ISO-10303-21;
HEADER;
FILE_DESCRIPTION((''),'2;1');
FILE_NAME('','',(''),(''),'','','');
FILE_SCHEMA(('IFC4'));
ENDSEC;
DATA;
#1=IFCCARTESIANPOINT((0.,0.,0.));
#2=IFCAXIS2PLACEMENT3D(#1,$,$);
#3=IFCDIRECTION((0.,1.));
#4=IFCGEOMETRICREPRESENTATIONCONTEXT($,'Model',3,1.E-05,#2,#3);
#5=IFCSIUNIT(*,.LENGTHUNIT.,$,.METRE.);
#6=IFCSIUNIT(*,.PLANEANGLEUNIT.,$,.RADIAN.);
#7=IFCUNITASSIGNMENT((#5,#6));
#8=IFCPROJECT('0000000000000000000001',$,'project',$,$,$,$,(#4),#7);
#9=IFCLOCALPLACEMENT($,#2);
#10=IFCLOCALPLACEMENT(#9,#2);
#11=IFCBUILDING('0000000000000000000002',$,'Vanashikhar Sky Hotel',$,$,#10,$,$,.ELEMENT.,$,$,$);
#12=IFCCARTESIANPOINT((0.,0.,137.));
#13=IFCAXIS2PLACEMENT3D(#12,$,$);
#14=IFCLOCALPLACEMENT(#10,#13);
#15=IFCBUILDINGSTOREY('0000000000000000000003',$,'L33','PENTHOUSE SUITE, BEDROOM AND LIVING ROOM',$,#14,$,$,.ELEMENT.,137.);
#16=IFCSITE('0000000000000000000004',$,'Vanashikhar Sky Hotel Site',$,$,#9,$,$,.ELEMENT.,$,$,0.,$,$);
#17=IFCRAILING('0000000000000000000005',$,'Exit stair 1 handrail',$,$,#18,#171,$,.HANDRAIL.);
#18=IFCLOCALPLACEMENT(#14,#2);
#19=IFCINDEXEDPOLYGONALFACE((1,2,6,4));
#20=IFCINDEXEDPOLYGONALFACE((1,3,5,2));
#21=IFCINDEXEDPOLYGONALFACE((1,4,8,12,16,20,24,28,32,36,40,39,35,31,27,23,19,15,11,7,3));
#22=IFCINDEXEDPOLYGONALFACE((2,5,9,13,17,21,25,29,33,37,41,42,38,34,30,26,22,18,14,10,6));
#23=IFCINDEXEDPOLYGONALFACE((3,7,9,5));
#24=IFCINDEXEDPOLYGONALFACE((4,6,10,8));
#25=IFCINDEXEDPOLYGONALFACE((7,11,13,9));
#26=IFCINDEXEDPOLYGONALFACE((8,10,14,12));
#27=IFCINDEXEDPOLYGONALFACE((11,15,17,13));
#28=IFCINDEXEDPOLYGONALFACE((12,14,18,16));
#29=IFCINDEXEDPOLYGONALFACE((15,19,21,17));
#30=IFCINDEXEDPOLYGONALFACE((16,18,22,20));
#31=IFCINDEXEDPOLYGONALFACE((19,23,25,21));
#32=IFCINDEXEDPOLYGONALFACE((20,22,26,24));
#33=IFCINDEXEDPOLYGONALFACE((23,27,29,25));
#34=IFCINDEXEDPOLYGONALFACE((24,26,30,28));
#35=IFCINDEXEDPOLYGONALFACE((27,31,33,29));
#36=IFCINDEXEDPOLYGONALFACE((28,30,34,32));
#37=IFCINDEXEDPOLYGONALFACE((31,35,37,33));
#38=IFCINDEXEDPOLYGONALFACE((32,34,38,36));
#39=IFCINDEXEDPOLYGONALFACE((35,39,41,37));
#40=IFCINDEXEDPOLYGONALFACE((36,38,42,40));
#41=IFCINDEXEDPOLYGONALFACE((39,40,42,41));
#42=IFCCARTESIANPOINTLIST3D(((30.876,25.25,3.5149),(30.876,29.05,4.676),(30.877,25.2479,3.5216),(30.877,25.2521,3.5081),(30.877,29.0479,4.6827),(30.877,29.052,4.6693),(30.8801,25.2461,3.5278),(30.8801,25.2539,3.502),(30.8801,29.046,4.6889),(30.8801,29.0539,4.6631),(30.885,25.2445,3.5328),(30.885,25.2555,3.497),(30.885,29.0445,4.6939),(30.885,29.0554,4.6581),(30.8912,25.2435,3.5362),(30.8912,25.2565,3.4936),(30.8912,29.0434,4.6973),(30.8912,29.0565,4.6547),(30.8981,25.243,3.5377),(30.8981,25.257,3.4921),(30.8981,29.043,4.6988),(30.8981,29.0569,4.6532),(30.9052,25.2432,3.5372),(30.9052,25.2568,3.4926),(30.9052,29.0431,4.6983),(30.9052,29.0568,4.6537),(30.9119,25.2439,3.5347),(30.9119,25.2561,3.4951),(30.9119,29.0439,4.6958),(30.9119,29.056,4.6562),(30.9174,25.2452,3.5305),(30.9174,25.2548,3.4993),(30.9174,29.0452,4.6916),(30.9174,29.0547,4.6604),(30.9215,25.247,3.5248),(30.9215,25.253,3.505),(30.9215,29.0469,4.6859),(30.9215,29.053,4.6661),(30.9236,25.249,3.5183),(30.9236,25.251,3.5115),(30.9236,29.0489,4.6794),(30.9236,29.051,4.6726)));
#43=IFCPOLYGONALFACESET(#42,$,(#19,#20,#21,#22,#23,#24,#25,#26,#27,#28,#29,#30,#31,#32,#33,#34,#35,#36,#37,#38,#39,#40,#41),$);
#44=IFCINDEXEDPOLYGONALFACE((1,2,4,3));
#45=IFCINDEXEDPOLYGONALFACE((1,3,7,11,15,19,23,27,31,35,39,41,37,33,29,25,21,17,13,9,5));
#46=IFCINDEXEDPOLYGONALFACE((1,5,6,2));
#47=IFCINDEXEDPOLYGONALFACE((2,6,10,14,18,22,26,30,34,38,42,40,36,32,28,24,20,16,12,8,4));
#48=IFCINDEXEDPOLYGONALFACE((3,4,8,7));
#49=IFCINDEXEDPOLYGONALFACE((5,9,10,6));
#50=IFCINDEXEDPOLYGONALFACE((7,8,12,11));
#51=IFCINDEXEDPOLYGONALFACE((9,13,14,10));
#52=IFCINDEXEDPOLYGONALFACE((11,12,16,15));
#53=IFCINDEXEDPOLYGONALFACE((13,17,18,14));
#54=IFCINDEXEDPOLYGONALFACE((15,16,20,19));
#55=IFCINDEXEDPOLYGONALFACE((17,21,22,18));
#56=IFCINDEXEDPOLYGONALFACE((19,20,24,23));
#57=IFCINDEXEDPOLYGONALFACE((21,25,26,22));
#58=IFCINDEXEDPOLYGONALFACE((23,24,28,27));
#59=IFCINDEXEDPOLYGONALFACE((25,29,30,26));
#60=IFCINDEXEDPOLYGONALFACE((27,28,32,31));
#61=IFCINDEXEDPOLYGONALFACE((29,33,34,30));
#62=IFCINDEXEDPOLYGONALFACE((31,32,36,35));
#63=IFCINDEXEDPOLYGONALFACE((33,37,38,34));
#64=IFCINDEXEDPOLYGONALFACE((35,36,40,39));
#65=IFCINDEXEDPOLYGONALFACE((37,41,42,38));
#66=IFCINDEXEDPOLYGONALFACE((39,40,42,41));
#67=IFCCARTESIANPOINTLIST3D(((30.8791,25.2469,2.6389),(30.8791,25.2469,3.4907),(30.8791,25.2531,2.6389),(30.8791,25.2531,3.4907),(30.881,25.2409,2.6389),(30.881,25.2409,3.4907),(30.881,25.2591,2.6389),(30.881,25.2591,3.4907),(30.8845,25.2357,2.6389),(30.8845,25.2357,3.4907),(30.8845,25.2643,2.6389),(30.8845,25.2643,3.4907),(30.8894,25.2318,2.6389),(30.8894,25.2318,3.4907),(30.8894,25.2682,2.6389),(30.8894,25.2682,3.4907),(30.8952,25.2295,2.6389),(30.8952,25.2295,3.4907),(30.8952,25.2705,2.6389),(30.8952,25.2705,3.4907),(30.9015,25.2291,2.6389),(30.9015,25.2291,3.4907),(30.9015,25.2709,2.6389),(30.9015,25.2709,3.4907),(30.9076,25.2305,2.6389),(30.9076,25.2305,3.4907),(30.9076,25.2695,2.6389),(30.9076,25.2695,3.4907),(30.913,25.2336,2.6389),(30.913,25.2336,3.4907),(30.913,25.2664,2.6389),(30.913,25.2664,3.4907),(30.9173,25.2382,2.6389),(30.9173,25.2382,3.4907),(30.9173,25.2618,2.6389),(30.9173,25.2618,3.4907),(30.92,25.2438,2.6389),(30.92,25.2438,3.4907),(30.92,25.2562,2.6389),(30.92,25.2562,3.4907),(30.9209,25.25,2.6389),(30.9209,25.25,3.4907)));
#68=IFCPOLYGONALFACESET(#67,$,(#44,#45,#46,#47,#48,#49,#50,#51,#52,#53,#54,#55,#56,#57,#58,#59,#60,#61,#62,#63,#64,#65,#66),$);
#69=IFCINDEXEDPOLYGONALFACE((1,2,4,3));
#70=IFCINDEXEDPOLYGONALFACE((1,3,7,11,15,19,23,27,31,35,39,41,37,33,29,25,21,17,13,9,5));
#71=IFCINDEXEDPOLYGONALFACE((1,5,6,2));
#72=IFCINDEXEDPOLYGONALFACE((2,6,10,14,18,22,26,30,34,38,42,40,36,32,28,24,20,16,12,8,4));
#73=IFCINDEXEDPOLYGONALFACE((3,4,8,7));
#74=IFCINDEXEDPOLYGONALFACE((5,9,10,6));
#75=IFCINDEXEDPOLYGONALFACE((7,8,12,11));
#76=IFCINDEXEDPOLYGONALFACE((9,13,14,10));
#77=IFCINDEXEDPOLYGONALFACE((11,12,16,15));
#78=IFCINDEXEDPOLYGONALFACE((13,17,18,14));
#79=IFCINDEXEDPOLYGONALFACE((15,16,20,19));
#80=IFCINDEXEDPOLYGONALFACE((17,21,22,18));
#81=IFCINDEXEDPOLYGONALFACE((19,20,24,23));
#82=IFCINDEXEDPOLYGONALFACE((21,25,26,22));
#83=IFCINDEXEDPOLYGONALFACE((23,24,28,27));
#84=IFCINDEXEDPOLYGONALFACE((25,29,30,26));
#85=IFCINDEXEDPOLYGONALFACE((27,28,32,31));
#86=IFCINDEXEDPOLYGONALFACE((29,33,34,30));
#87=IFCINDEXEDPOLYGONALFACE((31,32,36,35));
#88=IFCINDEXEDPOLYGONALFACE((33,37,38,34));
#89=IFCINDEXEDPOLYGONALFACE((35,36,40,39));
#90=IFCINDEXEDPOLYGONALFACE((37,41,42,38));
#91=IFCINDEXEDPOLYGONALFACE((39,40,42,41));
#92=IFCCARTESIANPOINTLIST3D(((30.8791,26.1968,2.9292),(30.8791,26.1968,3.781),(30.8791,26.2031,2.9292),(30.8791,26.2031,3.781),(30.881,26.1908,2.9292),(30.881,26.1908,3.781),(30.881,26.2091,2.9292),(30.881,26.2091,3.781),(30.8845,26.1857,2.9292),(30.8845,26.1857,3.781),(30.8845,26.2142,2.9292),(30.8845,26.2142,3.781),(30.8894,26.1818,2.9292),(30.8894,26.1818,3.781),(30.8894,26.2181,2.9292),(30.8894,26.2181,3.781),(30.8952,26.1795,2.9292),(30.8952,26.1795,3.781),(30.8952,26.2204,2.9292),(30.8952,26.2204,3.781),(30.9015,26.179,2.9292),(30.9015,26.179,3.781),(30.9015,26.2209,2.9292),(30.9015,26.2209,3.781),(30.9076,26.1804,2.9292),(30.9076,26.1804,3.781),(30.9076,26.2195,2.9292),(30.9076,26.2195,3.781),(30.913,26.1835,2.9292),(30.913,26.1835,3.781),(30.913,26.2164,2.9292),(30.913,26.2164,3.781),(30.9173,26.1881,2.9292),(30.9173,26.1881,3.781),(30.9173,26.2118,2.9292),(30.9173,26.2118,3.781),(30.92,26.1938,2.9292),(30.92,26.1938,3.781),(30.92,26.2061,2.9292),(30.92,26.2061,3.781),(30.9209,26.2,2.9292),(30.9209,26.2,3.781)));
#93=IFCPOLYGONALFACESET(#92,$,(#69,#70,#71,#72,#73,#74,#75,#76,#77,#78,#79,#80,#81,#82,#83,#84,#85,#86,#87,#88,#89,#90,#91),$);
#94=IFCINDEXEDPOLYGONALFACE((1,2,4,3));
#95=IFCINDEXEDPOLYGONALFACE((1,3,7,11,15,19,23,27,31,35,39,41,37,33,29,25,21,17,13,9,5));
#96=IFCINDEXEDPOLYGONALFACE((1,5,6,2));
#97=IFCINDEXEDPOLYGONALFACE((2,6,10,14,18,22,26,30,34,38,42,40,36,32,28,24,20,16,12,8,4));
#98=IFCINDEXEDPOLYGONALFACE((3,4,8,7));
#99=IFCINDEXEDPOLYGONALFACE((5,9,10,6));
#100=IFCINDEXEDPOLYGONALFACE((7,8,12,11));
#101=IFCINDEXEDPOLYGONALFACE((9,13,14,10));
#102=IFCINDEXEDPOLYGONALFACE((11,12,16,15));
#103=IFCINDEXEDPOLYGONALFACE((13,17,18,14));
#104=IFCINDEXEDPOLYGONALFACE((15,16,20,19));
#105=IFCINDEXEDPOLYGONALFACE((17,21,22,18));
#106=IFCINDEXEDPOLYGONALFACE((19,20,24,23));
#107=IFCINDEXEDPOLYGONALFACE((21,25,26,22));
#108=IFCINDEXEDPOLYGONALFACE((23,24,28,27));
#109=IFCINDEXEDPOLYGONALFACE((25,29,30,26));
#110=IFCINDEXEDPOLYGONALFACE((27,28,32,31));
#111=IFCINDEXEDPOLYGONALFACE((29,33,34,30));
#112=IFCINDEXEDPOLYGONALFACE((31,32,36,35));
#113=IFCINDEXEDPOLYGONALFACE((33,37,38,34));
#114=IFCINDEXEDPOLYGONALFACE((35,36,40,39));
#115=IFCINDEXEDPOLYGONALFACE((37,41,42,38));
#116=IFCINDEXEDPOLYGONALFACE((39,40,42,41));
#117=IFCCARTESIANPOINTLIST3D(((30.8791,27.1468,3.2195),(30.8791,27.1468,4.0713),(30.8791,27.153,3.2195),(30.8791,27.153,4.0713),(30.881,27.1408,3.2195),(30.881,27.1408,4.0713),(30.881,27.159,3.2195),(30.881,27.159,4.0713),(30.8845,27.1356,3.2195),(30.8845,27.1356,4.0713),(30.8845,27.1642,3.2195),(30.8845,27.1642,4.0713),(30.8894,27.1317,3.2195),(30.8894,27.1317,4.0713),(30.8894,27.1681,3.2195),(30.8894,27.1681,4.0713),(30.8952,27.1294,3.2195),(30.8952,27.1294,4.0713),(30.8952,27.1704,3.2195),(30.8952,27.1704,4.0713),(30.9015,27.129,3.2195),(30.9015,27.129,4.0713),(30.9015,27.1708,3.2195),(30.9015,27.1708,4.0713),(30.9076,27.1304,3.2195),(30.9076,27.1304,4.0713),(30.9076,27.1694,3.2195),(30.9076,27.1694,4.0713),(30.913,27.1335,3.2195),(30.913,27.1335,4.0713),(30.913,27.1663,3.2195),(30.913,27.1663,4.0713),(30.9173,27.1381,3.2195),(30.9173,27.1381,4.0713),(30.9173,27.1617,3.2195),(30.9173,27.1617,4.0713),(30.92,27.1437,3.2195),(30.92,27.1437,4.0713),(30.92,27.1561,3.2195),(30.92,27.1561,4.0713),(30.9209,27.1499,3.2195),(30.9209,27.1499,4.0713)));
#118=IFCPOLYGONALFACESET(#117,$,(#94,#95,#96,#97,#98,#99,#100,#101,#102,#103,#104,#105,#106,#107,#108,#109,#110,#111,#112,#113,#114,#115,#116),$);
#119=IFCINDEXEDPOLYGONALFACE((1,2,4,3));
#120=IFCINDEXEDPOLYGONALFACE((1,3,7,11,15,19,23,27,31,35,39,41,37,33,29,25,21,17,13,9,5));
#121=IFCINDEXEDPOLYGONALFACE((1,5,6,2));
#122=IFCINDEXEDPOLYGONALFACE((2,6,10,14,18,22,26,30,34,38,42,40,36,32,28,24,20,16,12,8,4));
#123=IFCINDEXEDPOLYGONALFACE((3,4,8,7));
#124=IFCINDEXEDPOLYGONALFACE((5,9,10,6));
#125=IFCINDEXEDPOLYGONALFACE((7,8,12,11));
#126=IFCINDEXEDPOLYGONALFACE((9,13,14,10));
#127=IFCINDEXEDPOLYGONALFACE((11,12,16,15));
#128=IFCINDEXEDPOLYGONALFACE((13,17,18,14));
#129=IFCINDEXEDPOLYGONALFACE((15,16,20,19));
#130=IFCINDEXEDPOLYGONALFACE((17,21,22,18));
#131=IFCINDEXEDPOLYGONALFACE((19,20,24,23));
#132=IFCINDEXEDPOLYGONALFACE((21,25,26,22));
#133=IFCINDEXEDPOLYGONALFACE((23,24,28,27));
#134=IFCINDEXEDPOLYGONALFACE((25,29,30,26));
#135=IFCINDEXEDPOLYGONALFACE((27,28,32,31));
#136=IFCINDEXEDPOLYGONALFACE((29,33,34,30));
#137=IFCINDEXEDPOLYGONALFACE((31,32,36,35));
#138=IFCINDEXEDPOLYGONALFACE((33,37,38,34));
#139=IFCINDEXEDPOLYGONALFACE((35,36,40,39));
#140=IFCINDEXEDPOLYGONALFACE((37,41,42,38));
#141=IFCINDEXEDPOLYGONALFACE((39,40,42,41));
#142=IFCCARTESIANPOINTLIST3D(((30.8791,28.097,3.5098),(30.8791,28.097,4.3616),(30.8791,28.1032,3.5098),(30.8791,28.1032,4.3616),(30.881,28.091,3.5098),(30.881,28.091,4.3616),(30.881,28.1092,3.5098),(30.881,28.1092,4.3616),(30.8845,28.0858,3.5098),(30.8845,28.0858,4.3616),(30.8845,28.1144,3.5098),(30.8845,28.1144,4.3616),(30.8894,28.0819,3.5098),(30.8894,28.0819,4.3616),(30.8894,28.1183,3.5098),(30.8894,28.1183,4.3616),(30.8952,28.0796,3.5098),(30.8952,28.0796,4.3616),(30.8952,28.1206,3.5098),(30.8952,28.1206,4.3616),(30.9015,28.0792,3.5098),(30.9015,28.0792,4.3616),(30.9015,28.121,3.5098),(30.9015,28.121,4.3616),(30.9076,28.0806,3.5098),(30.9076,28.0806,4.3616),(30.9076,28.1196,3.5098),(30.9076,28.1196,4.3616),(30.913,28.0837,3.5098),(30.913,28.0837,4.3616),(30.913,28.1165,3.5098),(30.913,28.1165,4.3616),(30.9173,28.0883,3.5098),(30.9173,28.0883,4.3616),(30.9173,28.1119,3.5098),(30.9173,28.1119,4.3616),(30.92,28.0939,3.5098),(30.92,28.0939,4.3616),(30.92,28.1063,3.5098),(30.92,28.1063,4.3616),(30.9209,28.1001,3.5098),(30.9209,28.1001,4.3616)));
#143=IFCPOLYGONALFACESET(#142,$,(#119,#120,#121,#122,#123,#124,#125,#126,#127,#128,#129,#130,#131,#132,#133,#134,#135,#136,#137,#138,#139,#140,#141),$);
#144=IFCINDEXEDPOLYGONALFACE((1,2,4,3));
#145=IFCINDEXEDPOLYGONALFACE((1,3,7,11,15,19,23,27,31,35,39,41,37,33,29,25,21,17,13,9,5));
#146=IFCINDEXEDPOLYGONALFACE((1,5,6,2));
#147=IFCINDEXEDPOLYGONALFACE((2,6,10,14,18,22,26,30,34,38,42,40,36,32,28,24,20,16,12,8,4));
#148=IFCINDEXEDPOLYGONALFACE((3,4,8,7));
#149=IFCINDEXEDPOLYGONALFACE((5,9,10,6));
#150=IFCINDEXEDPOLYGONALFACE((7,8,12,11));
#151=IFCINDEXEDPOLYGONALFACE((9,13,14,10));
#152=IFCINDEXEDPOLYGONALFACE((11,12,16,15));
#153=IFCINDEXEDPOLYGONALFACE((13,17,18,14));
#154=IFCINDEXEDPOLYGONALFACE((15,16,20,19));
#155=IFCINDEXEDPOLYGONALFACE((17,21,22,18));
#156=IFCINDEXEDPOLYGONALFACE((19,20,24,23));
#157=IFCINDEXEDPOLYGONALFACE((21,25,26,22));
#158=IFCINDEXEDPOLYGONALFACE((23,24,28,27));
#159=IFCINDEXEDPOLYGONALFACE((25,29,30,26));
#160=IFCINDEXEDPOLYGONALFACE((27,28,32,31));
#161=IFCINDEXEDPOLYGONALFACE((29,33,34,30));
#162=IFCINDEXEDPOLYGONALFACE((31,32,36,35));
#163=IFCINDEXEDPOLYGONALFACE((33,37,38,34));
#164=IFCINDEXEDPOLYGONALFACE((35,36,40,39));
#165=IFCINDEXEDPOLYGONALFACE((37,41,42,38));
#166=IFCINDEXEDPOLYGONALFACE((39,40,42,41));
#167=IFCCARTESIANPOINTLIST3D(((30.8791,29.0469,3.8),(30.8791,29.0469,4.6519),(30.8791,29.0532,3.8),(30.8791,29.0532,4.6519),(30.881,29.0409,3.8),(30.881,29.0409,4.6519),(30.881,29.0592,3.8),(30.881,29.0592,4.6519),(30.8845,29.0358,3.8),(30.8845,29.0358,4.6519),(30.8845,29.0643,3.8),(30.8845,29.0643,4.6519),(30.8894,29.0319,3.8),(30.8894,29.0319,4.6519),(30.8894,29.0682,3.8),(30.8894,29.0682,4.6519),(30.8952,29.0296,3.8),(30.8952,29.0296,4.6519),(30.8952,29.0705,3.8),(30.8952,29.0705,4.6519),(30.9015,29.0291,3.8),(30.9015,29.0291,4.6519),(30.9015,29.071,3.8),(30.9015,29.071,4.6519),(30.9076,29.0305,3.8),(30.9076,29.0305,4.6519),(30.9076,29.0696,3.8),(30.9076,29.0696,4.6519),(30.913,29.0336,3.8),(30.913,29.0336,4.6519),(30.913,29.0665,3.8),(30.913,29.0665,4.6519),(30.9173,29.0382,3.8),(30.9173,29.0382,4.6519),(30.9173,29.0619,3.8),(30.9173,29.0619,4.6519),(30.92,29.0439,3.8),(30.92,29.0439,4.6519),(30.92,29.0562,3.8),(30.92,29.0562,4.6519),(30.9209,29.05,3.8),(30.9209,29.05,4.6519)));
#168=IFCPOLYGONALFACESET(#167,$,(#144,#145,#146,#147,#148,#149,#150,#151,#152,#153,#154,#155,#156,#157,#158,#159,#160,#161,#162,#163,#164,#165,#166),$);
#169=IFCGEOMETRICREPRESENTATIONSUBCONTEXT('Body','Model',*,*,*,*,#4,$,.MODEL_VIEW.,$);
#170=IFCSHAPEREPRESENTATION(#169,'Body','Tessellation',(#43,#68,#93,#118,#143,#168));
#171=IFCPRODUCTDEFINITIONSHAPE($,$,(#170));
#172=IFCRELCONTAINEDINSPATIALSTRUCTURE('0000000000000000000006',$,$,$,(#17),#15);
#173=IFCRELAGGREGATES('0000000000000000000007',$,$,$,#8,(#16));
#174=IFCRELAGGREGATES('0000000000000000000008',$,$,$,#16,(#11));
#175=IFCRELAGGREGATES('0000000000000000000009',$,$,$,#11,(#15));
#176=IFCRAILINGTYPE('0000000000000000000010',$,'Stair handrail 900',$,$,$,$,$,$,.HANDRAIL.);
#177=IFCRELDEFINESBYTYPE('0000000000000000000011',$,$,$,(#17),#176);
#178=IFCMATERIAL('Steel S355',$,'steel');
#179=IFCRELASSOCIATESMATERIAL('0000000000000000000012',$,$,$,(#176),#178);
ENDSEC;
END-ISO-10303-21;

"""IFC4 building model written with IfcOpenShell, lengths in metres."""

from ifc_helpers import new_model, si_unit, direction, frame, origin, origin_2d, place, context, subcontext, project, spatial, circle, extrude, source, transform, mapped, material, type_object, element, save


model = new_model("IFC4")

# Units and contexts
model_context = context("Model", 3, precision=1e-05, world=origin(), true_north=direction((0.0, 1.0)))
body_context = subcontext(model_context, "Body", "Model", "MODEL_VIEW")
ifc_project = project(units=[si_unit("LENGTHUNIT", "METRE"), si_unit("PLANEANGLEUNIT", "RADIAN")], contexts=[model_context])

# Site, building, storey
site_placement = place(None, origin())
site = spatial("IfcSite", under=ifc_project, at=site_placement, Name="Vanashikhar Sky Hotel Site", CompositionType="ELEMENT", RefElevation=0.0)
building_placement = place(site_placement, origin())
building = spatial("IfcBuilding", under=site, at=building_placement, Name="Vanashikhar Sky Hotel", CompositionType="ELEMENT")
storey_placement = place(building_placement, frame((0.0, 0.0, 137.0)))
storey = spatial("IfcBuildingStorey", under=building, at=storey_placement, Name="L33", Description="PENTHOUSE SUITE, BEDROOM AND LIVING ROOM", CompositionType="ELEMENT", Elevation=137.0)

# Railing
ifc_material_1 = material(Name="Steel S355", Category="steel")
railing_type = type_object("IfcRailingType", Name="Stair handrail 900", PredefinedType="HANDRAIL", material=ifc_material_1)
shared_shape_1 = source(origin(), body_context, "Body", "SweptSolid", [
    extrude(circle(Radius=0.0239, at=origin_2d()), frame((0.0, 0.0, 0.876), z_axis=(0.0, 0.956351, 0.29222), x_axis=(-1.0, 0.0, 0.0)), (0.0, 0.0, 1.0), 3.9734),
    extrude(circle(Radius=0.021, at=origin_2d()), origin(), (0.0, 0.0, 1.0), 0.8518),
    extrude(circle(Radius=0.021, at=origin_2d()), frame((0.0, 0.95, 0.2903)), (0.0, 0.0, 1.0), 0.8518),
    extrude(circle(Radius=0.021, at=origin_2d()), frame((0.0, 1.8999, 0.5806)), (0.0, 0.0, 1.0), 0.8518),
    extrude(circle(Radius=0.021, at=origin_2d()), frame((0.0, 2.8501, 0.8708)), (0.0, 0.0, 1.0), 0.8518),
    extrude(circle(Radius=0.021, at=origin_2d()), frame((0.0, 3.8, 1.1611)), (0.0, 0.0, 1.0), 0.8518),
])
for number, where, name in (
    (1, (30.8999, 25.25, 2.6389), "Exit stair 1 handrail"),
):
    element("IfcRailing", number, at=place(storey_placement, frame(where)), inside=storey, type_object=railing_type, Name=name, PredefinedType="HANDRAIL", context=body_context, shape_type="MappedRepresentation", body=[
        mapped(shared_shape_1, transform((0.0, 0.0, 0.0), scale=1.0)),
    ])

save(model, "model.ifc")
